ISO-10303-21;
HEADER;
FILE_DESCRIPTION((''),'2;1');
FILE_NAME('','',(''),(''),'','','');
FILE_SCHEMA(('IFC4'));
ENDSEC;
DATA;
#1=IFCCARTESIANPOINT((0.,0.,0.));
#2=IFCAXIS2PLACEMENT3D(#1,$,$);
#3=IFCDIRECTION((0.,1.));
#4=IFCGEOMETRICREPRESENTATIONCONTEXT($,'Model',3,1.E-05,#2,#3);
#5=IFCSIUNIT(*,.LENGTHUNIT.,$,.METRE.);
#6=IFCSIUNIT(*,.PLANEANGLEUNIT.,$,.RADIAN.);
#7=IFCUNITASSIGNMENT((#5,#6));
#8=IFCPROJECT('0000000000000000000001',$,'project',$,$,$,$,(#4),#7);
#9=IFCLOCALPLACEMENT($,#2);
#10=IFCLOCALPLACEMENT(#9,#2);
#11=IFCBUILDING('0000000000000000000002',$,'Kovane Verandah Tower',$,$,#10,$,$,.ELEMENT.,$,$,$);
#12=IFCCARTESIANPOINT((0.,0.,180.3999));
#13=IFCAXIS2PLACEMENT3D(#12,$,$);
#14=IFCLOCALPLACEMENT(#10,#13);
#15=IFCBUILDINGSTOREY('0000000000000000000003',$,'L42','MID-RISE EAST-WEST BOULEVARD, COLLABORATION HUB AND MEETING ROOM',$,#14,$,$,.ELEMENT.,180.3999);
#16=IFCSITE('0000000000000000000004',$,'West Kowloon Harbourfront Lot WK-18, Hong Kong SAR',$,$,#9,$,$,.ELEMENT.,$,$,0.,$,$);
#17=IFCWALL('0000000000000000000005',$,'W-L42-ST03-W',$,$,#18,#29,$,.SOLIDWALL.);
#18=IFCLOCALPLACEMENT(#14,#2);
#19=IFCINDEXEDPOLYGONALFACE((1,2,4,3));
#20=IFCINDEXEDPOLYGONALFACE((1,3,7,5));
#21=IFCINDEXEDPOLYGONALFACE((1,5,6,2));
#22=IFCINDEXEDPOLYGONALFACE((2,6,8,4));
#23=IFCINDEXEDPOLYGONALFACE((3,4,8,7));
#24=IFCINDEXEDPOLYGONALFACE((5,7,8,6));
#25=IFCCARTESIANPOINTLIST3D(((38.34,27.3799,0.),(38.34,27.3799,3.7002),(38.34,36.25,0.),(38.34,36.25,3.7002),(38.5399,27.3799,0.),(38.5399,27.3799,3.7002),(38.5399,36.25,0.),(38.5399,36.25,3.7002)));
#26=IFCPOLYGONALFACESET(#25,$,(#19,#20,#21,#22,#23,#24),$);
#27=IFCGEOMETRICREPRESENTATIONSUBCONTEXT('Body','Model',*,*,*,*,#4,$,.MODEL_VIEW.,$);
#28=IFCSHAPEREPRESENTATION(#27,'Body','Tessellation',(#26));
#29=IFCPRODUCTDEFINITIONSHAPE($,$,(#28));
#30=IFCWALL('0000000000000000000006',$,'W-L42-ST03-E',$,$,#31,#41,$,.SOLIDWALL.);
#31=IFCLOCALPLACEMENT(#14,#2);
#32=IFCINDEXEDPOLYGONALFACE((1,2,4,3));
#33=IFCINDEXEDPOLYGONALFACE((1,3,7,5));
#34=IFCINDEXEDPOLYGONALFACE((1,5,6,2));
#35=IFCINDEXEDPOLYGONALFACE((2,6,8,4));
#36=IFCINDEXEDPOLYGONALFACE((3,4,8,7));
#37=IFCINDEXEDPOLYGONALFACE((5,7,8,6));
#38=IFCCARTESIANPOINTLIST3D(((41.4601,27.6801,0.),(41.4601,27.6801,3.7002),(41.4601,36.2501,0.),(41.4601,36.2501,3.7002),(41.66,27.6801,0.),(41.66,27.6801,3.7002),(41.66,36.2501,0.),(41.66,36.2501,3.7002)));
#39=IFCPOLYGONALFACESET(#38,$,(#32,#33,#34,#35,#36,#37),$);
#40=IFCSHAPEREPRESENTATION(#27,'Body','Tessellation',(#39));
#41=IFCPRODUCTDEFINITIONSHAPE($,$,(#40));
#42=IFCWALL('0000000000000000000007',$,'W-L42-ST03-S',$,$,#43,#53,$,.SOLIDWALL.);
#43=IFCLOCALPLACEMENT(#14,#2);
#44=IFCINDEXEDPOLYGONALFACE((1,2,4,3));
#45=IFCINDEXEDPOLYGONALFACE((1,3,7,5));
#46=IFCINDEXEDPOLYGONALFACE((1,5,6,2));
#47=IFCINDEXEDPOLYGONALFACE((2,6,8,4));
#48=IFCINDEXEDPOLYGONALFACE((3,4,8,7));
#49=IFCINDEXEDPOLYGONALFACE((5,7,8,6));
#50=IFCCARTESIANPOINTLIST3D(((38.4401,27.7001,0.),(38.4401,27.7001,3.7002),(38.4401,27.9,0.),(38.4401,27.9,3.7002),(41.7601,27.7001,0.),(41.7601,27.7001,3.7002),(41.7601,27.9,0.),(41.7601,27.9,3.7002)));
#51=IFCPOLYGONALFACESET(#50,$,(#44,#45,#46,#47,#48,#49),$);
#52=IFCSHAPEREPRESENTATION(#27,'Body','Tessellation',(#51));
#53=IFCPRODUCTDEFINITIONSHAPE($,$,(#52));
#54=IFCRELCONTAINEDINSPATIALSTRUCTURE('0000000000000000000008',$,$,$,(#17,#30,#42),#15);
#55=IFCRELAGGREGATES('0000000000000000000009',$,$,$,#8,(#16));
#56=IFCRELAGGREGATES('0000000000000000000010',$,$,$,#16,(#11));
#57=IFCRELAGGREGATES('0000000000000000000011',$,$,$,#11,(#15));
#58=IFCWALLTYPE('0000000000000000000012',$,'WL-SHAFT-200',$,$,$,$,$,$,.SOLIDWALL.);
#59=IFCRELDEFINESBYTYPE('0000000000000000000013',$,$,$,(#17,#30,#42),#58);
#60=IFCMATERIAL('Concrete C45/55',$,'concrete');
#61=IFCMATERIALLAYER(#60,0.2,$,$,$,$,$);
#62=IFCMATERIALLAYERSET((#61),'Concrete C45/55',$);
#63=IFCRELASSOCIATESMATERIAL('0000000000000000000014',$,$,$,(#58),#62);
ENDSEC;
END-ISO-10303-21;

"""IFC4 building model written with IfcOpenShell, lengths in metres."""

from ifc_helpers import new_model, si_unit, direction, frame, frame_2d, origin, place, context, subcontext, project, spatial, rectangle, extrude, material, layer, layer_set, type_object, element, save


model = new_model("IFC4")

# Units and contexts
model_context = context("Model", 3, precision=1e-05, world=origin(), true_north=direction((0.0, 1.0)))
body_context = subcontext(model_context, "Body", "Model", "MODEL_VIEW")
ifc_project = project(units=[si_unit("LENGTHUNIT", "METRE"), si_unit("PLANEANGLEUNIT", "RADIAN")], contexts=[model_context])

# Site, building, storey
site_placement = place(None, origin())
site = spatial("IfcSite", under=ifc_project, at=site_placement, Name="West Kowloon Harbourfront Lot WK-18, Hong Kong SAR", CompositionType="ELEMENT", RefElevation=0.0)
building_placement = place(site_placement, origin())
building = spatial("IfcBuilding", under=site, at=building_placement, Name="Kovane Verandah Tower", CompositionType="ELEMENT")
storey_placement = place(building_placement, frame((0.0, 0.0, 180.3999)))
storey = spatial("IfcBuildingStorey", under=building, at=storey_placement, Name="L42", Description="MID-RISE EAST-WEST BOULEVARD, COLLABORATION HUB AND MEETING ROOM", CompositionType="ELEMENT", Elevation=180.3999)

# Walls
ifc_material_1 = material(Name="Concrete C45/55", Category="concrete")
ifc_layer_1 = layer(ifc_material_1, 0.2)
ifc_layer_set_1 = layer_set([ifc_layer_1], Name="Concrete C45/55")
wall_type_1 = type_object("IfcWallType", Name="WL-SHAFT-200", PredefinedType="SOLIDWALL", material=ifc_layer_set_1)
wall_1_placement = place(storey_placement, frame((38.4399, 27.3799, 0.0), z_axis=(0.0, 0.0, 1.0), x_axis=(0.0, 1.0, 0.0)))
element("IfcWall", 1, at=wall_1_placement, inside=storey, type_object=wall_type_1, Name="W-L42-ST03-W", PredefinedType="SOLIDWALL", context=body_context, shape_type="SweptSolid", body=[
    extrude(rectangle(XDim=8.8701, YDim=0.2, at=frame_2d((4.4351, 0.0))), origin(), (0.0, 0.0, 1.0), 3.7002),
])
wall_2_placement = place(storey_placement, frame((41.5601, 27.6799, 0.0), z_axis=(0.0, 0.0, 1.0), x_axis=(0.0, 1.0, 0.0)))
element("IfcWall", 2, at=wall_2_placement, inside=storey, type_object=wall_type_1, Name="W-L42-ST03-E", PredefinedType="SOLIDWALL", context=body_context, shape_type="SweptSolid", body=[
    extrude(rectangle(XDim=8.5701, YDim=0.2, at=frame_2d((4.2852, 0.0))), origin(), (0.0, 0.0, 1.0), 3.7002),
])
wall_3_placement = place(storey_placement, frame((38.4399, 27.8, 0.0), z_axis=(0.0, 0.0, 1.0), x_axis=(1.0, 0.0, 0.0)))
element("IfcWall", 3, at=wall_3_placement, inside=storey, type_object=wall_type_1, Name="W-L42-ST03-S", PredefinedType="SOLIDWALL", context=body_context, shape_type="SweptSolid", body=[
    extrude(rectangle(XDim=3.3201, YDim=0.2, at=frame_2d((1.6602, 0.0))), origin(), (0.0, 0.0, 1.0), 3.7002),
])

save(model, "model.ifc")
